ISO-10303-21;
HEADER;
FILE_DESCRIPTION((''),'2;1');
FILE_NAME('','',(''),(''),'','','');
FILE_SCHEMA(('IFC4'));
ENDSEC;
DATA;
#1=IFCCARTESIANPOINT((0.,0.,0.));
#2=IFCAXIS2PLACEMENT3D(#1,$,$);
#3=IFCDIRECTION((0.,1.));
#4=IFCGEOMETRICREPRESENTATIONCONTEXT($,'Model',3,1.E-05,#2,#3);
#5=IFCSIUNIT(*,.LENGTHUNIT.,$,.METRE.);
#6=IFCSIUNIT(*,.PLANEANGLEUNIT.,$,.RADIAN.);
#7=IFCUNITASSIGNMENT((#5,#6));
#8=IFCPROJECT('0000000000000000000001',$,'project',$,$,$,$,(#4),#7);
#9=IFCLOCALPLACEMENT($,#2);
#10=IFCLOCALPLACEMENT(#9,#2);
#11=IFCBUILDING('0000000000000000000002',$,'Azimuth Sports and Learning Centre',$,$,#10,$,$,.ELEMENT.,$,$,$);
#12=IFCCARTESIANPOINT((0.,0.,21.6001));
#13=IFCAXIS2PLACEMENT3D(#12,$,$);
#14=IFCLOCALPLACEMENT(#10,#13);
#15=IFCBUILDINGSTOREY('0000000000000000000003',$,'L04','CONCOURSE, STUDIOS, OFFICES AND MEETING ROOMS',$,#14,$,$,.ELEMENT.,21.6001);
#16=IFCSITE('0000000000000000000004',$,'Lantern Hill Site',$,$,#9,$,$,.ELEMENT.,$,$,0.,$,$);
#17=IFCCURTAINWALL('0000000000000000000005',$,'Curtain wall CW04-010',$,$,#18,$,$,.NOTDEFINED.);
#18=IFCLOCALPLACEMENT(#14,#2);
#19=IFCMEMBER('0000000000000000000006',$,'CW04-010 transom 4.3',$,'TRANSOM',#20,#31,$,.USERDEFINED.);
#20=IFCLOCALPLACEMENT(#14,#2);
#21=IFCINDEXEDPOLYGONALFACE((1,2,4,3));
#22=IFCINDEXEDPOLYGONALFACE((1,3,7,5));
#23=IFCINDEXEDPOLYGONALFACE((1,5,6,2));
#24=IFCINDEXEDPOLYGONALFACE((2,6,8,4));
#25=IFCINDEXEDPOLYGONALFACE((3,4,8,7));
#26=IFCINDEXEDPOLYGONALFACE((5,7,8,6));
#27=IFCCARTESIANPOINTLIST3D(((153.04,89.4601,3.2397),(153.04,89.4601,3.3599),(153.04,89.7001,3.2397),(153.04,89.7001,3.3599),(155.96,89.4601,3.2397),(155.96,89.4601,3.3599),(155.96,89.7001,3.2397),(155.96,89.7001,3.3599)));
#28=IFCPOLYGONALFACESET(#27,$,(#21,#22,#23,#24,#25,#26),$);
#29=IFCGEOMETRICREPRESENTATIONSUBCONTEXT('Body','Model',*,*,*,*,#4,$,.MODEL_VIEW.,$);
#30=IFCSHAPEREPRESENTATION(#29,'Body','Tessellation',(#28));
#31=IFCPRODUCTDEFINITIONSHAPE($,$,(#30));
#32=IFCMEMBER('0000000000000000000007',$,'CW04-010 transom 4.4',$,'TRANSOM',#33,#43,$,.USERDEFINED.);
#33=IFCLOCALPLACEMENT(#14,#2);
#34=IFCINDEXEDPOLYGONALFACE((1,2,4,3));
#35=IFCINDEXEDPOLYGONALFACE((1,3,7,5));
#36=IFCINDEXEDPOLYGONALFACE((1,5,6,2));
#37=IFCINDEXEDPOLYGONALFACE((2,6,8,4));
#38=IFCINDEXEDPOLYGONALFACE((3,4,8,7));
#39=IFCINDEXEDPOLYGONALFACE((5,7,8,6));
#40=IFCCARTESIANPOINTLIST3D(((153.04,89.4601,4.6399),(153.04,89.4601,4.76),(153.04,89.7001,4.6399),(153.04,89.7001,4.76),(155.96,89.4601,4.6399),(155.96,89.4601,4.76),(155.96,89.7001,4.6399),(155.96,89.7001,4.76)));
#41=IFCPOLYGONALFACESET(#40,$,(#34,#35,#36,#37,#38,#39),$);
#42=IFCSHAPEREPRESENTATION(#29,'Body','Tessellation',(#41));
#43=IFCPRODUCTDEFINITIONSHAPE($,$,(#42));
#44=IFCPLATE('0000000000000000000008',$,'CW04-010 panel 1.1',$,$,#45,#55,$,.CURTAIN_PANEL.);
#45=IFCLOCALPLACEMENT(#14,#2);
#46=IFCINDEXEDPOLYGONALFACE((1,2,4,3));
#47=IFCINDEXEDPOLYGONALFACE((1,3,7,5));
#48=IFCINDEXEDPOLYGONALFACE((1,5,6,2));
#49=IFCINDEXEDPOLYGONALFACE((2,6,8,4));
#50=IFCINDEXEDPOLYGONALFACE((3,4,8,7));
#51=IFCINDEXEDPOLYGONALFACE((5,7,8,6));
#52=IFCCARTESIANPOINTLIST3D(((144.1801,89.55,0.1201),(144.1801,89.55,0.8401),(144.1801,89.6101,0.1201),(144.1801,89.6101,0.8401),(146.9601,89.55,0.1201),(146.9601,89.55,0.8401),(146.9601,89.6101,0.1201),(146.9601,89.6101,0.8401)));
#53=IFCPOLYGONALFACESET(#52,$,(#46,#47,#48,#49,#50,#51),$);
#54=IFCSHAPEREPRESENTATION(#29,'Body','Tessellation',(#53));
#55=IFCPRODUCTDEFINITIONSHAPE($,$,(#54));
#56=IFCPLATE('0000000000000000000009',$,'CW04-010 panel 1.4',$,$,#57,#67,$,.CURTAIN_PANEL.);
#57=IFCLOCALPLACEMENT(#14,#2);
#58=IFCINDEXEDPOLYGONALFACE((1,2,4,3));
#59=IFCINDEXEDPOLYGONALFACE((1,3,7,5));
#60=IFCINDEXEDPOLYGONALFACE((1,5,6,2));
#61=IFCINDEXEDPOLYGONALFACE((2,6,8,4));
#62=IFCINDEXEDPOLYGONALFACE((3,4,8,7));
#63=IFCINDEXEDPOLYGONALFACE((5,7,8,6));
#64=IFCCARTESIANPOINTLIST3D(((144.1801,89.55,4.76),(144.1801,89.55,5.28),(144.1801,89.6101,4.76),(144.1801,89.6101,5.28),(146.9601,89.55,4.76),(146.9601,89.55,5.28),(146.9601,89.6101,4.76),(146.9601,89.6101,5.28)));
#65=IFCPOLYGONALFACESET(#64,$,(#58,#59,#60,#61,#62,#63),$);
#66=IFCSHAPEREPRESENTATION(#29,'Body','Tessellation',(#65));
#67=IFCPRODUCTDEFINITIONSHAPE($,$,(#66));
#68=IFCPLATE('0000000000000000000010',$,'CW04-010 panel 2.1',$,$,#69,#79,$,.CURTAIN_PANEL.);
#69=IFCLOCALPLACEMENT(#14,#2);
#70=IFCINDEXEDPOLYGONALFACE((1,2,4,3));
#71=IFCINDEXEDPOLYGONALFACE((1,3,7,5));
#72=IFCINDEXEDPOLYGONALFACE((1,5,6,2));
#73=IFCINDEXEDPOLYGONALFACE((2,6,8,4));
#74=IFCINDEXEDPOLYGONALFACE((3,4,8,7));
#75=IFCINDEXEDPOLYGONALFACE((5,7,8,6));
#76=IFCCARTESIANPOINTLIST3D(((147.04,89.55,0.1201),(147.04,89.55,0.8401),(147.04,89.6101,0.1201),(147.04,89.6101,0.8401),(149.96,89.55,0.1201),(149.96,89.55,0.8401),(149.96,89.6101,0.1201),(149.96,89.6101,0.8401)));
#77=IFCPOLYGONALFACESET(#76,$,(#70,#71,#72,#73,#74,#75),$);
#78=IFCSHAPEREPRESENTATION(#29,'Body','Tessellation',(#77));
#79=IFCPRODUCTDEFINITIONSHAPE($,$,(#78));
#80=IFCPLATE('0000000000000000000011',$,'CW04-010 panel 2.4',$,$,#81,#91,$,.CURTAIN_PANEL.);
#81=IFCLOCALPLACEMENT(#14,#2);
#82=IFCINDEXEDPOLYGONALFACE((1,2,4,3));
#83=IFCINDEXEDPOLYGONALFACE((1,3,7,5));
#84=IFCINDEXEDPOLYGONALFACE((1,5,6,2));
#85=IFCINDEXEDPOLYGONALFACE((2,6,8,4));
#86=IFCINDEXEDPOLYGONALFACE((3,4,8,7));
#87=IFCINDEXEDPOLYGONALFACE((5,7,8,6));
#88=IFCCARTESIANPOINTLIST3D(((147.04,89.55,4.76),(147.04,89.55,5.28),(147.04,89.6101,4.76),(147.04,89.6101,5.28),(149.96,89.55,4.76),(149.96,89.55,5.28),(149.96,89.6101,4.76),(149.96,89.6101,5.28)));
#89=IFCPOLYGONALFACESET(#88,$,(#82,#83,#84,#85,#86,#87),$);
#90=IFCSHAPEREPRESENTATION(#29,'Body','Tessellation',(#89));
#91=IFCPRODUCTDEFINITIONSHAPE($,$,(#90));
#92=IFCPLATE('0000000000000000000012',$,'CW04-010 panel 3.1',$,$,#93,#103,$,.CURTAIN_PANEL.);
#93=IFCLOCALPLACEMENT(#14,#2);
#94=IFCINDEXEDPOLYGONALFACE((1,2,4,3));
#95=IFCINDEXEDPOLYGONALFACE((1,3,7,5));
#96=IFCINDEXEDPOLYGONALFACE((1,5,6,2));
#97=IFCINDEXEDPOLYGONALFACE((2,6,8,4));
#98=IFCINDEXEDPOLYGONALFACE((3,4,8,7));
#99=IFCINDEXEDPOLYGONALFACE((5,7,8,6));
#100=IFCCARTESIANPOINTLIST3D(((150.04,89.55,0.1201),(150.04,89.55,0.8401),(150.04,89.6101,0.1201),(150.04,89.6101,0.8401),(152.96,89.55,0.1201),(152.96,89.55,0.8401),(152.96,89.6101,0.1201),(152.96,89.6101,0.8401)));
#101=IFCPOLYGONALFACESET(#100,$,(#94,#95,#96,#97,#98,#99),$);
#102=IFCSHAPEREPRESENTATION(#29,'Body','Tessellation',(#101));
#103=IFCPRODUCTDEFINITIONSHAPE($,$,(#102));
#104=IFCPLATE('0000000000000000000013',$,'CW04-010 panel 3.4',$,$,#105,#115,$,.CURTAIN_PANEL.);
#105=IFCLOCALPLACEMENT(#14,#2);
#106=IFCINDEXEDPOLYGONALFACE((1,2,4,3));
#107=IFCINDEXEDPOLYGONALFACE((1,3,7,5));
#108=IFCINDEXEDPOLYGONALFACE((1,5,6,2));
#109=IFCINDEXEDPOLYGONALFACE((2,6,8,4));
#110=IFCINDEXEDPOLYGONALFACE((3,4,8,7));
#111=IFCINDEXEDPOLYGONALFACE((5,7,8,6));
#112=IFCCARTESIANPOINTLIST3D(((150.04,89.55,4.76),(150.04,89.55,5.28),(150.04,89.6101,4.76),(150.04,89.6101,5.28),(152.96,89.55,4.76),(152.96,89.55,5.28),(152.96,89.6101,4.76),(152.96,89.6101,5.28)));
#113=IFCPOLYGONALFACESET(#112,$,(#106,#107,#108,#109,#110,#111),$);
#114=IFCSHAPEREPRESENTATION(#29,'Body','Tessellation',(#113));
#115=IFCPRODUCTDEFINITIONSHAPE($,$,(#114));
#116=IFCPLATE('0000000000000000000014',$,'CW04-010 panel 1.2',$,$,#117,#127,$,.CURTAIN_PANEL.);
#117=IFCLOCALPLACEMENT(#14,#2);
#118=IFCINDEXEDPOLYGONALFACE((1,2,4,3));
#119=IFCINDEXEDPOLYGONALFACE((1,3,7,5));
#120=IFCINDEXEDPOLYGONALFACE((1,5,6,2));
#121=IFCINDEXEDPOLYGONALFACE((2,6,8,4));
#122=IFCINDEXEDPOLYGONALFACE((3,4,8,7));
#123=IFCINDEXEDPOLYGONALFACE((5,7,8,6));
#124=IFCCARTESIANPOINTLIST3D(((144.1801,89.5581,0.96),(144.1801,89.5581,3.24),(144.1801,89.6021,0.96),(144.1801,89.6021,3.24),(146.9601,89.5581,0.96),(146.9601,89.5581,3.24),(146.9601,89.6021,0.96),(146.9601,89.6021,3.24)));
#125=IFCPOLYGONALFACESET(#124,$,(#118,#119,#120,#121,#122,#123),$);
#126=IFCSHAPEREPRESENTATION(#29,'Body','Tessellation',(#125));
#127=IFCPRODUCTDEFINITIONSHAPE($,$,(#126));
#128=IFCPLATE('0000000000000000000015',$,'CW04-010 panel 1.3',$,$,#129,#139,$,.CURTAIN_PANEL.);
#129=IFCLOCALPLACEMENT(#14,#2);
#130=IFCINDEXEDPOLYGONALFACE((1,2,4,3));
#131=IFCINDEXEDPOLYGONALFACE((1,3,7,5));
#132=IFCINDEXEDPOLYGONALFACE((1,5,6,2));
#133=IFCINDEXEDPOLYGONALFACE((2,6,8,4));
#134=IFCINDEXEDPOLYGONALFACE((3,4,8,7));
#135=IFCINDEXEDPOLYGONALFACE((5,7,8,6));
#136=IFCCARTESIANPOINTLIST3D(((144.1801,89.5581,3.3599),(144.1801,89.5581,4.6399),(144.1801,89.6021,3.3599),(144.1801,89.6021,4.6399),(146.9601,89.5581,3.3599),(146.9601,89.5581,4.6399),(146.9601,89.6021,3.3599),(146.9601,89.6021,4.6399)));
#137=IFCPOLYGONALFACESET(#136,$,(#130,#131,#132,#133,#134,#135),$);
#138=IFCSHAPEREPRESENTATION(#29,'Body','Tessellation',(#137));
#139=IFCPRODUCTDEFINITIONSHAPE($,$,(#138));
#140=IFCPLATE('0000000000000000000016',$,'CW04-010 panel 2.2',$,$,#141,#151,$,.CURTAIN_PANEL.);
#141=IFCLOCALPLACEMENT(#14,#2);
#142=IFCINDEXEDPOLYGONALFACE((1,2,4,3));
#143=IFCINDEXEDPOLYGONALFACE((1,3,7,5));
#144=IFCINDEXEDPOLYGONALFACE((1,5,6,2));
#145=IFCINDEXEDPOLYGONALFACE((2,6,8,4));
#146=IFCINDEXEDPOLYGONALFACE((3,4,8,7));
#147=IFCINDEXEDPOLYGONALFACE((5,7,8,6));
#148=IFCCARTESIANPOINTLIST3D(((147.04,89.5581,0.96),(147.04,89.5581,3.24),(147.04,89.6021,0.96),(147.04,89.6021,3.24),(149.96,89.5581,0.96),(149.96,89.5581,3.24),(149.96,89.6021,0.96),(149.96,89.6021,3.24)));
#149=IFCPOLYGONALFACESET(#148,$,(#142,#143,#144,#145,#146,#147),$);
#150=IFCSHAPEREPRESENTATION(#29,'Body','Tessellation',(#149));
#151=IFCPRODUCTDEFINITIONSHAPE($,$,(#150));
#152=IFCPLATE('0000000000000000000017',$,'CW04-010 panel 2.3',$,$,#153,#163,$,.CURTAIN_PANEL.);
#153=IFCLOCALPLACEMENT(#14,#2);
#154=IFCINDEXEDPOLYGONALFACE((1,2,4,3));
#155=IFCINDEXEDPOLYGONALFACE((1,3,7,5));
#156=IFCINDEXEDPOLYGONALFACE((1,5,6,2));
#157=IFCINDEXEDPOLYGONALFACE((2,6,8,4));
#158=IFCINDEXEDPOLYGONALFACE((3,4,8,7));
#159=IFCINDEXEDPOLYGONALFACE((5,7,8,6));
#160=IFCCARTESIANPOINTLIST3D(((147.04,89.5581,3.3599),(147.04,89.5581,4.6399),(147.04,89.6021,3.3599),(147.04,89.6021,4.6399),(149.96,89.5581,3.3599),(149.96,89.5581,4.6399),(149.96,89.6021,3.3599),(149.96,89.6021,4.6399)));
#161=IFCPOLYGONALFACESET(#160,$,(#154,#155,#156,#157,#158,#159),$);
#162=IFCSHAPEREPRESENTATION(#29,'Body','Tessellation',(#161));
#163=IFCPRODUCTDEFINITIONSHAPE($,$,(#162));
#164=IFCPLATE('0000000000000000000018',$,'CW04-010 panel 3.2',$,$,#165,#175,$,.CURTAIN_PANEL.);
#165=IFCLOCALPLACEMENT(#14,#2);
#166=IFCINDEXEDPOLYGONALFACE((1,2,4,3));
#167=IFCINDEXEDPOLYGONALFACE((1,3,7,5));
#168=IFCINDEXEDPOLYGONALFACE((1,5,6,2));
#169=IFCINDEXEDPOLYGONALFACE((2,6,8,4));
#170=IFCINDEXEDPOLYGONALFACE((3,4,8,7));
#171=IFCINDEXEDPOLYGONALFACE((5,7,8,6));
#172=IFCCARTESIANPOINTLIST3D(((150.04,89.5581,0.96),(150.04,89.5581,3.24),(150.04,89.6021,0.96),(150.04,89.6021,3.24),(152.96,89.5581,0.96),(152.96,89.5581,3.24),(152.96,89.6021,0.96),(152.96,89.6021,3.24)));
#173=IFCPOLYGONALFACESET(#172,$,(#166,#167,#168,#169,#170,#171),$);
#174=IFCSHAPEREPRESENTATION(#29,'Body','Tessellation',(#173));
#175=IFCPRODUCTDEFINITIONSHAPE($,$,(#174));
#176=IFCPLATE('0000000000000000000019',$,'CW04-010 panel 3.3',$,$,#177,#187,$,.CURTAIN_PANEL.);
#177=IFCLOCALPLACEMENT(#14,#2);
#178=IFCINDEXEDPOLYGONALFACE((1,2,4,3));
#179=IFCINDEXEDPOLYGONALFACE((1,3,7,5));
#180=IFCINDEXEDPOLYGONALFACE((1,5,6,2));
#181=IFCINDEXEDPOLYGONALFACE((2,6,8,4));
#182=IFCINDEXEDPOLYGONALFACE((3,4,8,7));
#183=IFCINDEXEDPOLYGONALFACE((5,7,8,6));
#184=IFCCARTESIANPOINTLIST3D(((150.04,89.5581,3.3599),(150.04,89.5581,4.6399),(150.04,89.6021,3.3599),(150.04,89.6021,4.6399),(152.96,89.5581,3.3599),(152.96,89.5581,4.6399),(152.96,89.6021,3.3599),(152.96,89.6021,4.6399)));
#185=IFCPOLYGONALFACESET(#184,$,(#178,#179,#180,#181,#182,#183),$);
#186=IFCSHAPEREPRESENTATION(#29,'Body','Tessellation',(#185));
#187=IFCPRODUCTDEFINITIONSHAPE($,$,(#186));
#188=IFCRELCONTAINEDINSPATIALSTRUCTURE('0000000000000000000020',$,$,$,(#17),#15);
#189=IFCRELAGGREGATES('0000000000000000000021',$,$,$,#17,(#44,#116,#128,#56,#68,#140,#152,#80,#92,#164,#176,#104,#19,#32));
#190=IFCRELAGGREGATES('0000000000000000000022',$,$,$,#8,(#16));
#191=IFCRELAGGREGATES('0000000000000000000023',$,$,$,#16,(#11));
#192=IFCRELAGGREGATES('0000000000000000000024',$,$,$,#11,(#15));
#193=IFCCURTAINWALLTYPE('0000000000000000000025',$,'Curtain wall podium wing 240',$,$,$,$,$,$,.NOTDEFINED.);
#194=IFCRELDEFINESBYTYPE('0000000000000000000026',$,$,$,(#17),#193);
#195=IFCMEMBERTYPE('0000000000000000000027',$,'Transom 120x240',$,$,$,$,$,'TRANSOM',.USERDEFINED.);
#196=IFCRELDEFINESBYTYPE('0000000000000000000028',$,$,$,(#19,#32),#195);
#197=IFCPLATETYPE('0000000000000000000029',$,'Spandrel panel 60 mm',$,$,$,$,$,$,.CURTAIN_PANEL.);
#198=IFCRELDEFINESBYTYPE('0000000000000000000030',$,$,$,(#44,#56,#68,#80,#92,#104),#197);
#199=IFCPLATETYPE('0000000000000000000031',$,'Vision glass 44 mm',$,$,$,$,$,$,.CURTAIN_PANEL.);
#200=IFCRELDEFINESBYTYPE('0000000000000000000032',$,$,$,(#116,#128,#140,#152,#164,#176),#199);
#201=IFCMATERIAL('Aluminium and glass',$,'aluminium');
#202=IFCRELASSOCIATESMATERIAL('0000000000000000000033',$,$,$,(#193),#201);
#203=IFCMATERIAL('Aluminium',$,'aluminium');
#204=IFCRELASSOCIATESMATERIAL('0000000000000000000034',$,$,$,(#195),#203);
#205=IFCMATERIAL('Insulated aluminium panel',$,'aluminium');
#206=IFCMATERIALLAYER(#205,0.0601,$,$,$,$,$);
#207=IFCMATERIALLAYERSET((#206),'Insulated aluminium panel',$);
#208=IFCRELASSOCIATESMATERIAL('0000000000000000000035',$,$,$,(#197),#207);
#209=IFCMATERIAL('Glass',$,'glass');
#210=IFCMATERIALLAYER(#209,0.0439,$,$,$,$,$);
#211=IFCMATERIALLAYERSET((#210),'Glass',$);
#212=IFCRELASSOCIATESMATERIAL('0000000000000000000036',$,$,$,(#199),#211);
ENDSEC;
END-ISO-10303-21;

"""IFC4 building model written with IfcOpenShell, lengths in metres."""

from ifc_helpers import new_model, si_unit, direction, frame, origin, origin_2d, place, context, subcontext, project, spatial, rectangle, extrude, material, layer, layer_set, material_profile, profile_set, type_object, element, aggregate, save


model = new_model("IFC4")

# Units and contexts
model_context = context("Model", 3, precision=1e-05, world=origin(), true_north=direction((0.0, 1.0)))
body_context = subcontext(model_context, "Body", "Model", "MODEL_VIEW")
ifc_project = project(units=[si_unit("LENGTHUNIT", "METRE"), si_unit("PLANEANGLEUNIT", "RADIAN")], contexts=[model_context])

# Site, building, storey
site_placement = place(None, origin())
site = spatial("IfcSite", under=ifc_project, at=site_placement, Name="Lantern Hill Site", CompositionType="ELEMENT", RefElevation=0.0)
building_placement = place(site_placement, origin())
building = spatial("IfcBuilding", under=site, at=building_placement, Name="Azimuth Sports and Learning Centre", CompositionType="ELEMENT")
storey_placement = place(building_placement, frame((0.0, 0.0, 21.6001)))
storey = spatial("IfcBuildingStorey", under=building, at=storey_placement, Name="L04", Description="CONCOURSE, STUDIOS, OFFICES AND MEETING ROOMS", CompositionType="ELEMENT", Elevation=21.6001)

# Curtain wall, members, plates
ifc_material_1 = material(Name="Aluminium and glass", Category="aluminium")
curtain_wall_type = type_object("IfcCurtainWallType", Name="Curtain wall podium wing 240", PredefinedType="NOTDEFINED", material=ifc_material_1)
curtain_wall_placement = place(storey_placement, origin())
curtain_wall = element("IfcCurtainWall", 1, at=curtain_wall_placement, inside=storey, type_object=curtain_wall_type, Name="Curtain wall CW04-010", PredefinedType="NOTDEFINED")
ifc_material_2 = material(Name="Aluminium", Category="aluminium")
ifc_material_profile_1 = material_profile(ifc_material_2, rectangle(XDim=0.24, YDim=0.1201, at=origin_2d()), Name="Transom 120x240")
ifc_profile_set_1 = profile_set([ifc_material_profile_1], Name="Aluminium")
member_type_1 = type_object("IfcMemberType", Name="Transom 120x240", ElementType="TRANSOM", PredefinedType="USERDEFINED", material=ifc_profile_set_1)
member_1_placement = place(storey_placement, frame((153.04, 89.5801, 3.2998), z_axis=(1.0, 0.0, 0.0), x_axis=(0.0, 1.0, 0.0)))
member_1 = element("IfcMember", 2, at=member_1_placement, type_object=member_type_1, Name="CW04-010 transom 4.3", ObjectType="TRANSOM", PredefinedType="USERDEFINED", context=body_context, shape_type="SweptSolid", body=[
    extrude(rectangle(XDim=0.24, YDim=0.1201, at=origin_2d()), origin(), (0.0, 0.0, 1.0), 2.9199),
])
member_2_placement = place(storey_placement, frame((153.04, 89.5801, 4.7), z_axis=(1.0, 0.0, 0.0), x_axis=(0.0, 1.0, 0.0)))
member_2 = element("IfcMember", 3, at=member_2_placement, type_object=member_type_1, Name="CW04-010 transom 4.4", ObjectType="TRANSOM", PredefinedType="USERDEFINED", context=body_context, shape_type="SweptSolid", body=[
    extrude(rectangle(XDim=0.24, YDim=0.1201, at=origin_2d()), origin(), (0.0, 0.0, 1.0), 2.9199),
])
ifc_material_3 = material(Name="Insulated aluminium panel", Category="aluminium")
ifc_layer_1 = layer(ifc_material_3, 0.0601)
ifc_layer_set_1 = layer_set([ifc_layer_1], Name="Insulated aluminium panel")
plate_type_1 = type_object("IfcPlateType", Name="Spandrel panel 60 mm", PredefinedType="CURTAIN_PANEL", material=ifc_layer_set_1)
plate_1_placement = place(storey_placement, frame((145.5701, 89.5801, 0.1201), z_axis=(0.0, 0.0, 1.0), x_axis=(1.0, 0.0, 0.0)))
plate_1 = element("IfcPlate", 4, at=plate_1_placement, type_object=plate_type_1, Name="CW04-010 panel 1.1", PredefinedType="CURTAIN_PANEL", context=body_context, shape_type="SweptSolid", body=[
    extrude(rectangle(XDim=2.78, YDim=0.0601, at=origin_2d()), origin(), (0.0, 0.0, 1.0), 0.72),
])
plate_2_placement = place(storey_placement, frame((145.5701, 89.5801, 4.76), z_axis=(0.0, 0.0, 1.0), x_axis=(1.0, 0.0, 0.0)))
plate_2 = element("IfcPlate", 5, at=plate_2_placement, type_object=plate_type_1, Name="CW04-010 panel 1.4", PredefinedType="CURTAIN_PANEL", context=body_context, shape_type="SweptSolid", body=[
    extrude(rectangle(XDim=2.78, YDim=0.0601, at=origin_2d()), origin(), (0.0, 0.0, 1.0), 0.52),
])
plate_3_placement = place(storey_placement, frame((148.5, 89.5801, 0.1201), z_axis=(0.0, 0.0, 1.0), x_axis=(1.0, 0.0, 0.0)))
plate_3 = element("IfcPlate", 6, at=plate_3_placement, type_object=plate_type_1, Name="CW04-010 panel 2.1", PredefinedType="CURTAIN_PANEL", context=body_context, shape_type="SweptSolid", body=[
    extrude(rectangle(XDim=2.9199, YDim=0.0601, at=origin_2d()), origin(), (0.0, 0.0, 1.0), 0.72),
])
plate_4_placement = place(storey_placement, frame((148.5, 89.5801, 4.76), z_axis=(0.0, 0.0, 1.0), x_axis=(1.0, 0.0, 0.0)))
plate_4 = element("IfcPlate", 7, at=plate_4_placement, type_object=plate_type_1, Name="CW04-010 panel 2.4", PredefinedType="CURTAIN_PANEL", context=body_context, shape_type="SweptSolid", body=[
    extrude(rectangle(XDim=2.9199, YDim=0.0601, at=origin_2d()), origin(), (0.0, 0.0, 1.0), 0.52),
])
plate_5_placement = place(storey_placement, frame((151.5, 89.5801, 0.1201), z_axis=(0.0, 0.0, 1.0), x_axis=(1.0, 0.0, 0.0)))
plate_5 = element("IfcPlate", 8, at=plate_5_placement, type_object=plate_type_1, Name="CW04-010 panel 3.1", PredefinedType="CURTAIN_PANEL", context=body_context, shape_type="SweptSolid", body=[
    extrude(rectangle(XDim=2.9199, YDim=0.0601, at=origin_2d()), origin(), (0.0, 0.0, 1.0), 0.72),
])
plate_6_placement = place(storey_placement, frame((151.5, 89.5801, 4.76), z_axis=(0.0, 0.0, 1.0), x_axis=(1.0, 0.0, 0.0)))
plate_6 = element("IfcPlate", 9, at=plate_6_placement, type_object=plate_type_1, Name="CW04-010 panel 3.4", PredefinedType="CURTAIN_PANEL", context=body_context, shape_type="SweptSolid", body=[
    extrude(rectangle(XDim=2.9199, YDim=0.0601, at=origin_2d()), origin(), (0.0, 0.0, 1.0), 0.52),
])
ifc_material_4 = material(Name="Glass", Category="glass")
ifc_layer_2 = layer(ifc_material_4, 0.0439)
ifc_layer_set_2 = layer_set([ifc_layer_2], Name="Glass")
plate_type_2 = type_object("IfcPlateType", Name="Vision glass 44 mm", PredefinedType="CURTAIN_PANEL", material=ifc_layer_set_2)
plate_7_placement = place(storey_placement, frame((145.5701, 89.5801, 0.96), z_axis=(0.0, 0.0, 1.0), x_axis=(1.0, 0.0, 0.0)))
plate_7 = element("IfcPlate", 10, at=plate_7_placement, type_object=plate_type_2, Name="CW04-010 panel 1.2", PredefinedType="CURTAIN_PANEL", context=body_context, shape_type="SweptSolid", body=[
    extrude(rectangle(XDim=2.78, YDim=0.0439, at=origin_2d()), origin(), (0.0, 0.0, 1.0), 2.28),
])
plate_8_placement = place(storey_placement, frame((145.5701, 89.5801, 3.3599), z_axis=(0.0, 0.0, 1.0), x_axis=(1.0, 0.0, 0.0)))
plate_8 = element("IfcPlate", 11, at=plate_8_placement, type_object=plate_type_2, Name="CW04-010 panel 1.3", PredefinedType="CURTAIN_PANEL", context=body_context, shape_type="SweptSolid", body=[
    extrude(rectangle(XDim=2.78, YDim=0.0439, at=origin_2d()), origin(), (0.0, 0.0, 1.0), 1.28),
])
plate_9_placement = place(storey_placement, frame((148.5, 89.5801, 0.96), z_axis=(0.0, 0.0, 1.0), x_axis=(1.0, 0.0, 0.0)))
plate_9 = element("IfcPlate", 12, at=plate_9_placement, type_object=plate_type_2, Name="CW04-010 panel 2.2", PredefinedType="CURTAIN_PANEL", context=body_context, shape_type="SweptSolid", body=[
    extrude(rectangle(XDim=2.9199, YDim=0.0439, at=origin_2d()), origin(), (0.0, 0.0, 1.0), 2.28),
])
plate_10_placement = place(storey_placement, frame((148.5, 89.5801, 3.3599), z_axis=(0.0, 0.0, 1.0), x_axis=(1.0, 0.0, 0.0)))
plate_10 = element("IfcPlate", 13, at=plate_10_placement, type_object=plate_type_2, Name="CW04-010 panel 2.3", PredefinedType="CURTAIN_PANEL", context=body_context, shape_type="SweptSolid", body=[
    extrude(rectangle(XDim=2.9199, YDim=0.0439, at=origin_2d()), origin(), (0.0, 0.0, 1.0), 1.28),
])
plate_11_placement = place(storey_placement, frame((151.5, 89.5801, 0.96), z_axis=(0.0, 0.0, 1.0), x_axis=(1.0, 0.0, 0.0)))
plate_11 = element("IfcPlate", 14, at=plate_11_placement, type_object=plate_type_2, Name="CW04-010 panel 3.2", PredefinedType="CURTAIN_PANEL", context=body_context, shape_type="SweptSolid", body=[
    extrude(rectangle(XDim=2.9199, YDim=0.0439, at=origin_2d()), origin(), (0.0, 0.0, 1.0), 2.28),
])
plate_12_placement = place(storey_placement, frame((151.5, 89.5801, 3.3599), z_axis=(0.0, 0.0, 1.0), x_axis=(1.0, 0.0, 0.0)))
plate_12 = element("IfcPlate", 15, at=plate_12_placement, type_object=plate_type_2, Name="CW04-010 panel 3.3", PredefinedType="CURTAIN_PANEL", context=body_context, shape_type="SweptSolid", body=[
    extrude(rectangle(XDim=2.9199, YDim=0.0439, at=origin_2d()), origin(), (0.0, 0.0, 1.0), 1.28),
])
aggregate(curtain_wall, [plate_1, plate_7, plate_8, plate_2, plate_3, plate_9, plate_10, plate_4, plate_5, plate_11, plate_12, plate_6, member_1, member_2])

save(model, "model.ifc")
